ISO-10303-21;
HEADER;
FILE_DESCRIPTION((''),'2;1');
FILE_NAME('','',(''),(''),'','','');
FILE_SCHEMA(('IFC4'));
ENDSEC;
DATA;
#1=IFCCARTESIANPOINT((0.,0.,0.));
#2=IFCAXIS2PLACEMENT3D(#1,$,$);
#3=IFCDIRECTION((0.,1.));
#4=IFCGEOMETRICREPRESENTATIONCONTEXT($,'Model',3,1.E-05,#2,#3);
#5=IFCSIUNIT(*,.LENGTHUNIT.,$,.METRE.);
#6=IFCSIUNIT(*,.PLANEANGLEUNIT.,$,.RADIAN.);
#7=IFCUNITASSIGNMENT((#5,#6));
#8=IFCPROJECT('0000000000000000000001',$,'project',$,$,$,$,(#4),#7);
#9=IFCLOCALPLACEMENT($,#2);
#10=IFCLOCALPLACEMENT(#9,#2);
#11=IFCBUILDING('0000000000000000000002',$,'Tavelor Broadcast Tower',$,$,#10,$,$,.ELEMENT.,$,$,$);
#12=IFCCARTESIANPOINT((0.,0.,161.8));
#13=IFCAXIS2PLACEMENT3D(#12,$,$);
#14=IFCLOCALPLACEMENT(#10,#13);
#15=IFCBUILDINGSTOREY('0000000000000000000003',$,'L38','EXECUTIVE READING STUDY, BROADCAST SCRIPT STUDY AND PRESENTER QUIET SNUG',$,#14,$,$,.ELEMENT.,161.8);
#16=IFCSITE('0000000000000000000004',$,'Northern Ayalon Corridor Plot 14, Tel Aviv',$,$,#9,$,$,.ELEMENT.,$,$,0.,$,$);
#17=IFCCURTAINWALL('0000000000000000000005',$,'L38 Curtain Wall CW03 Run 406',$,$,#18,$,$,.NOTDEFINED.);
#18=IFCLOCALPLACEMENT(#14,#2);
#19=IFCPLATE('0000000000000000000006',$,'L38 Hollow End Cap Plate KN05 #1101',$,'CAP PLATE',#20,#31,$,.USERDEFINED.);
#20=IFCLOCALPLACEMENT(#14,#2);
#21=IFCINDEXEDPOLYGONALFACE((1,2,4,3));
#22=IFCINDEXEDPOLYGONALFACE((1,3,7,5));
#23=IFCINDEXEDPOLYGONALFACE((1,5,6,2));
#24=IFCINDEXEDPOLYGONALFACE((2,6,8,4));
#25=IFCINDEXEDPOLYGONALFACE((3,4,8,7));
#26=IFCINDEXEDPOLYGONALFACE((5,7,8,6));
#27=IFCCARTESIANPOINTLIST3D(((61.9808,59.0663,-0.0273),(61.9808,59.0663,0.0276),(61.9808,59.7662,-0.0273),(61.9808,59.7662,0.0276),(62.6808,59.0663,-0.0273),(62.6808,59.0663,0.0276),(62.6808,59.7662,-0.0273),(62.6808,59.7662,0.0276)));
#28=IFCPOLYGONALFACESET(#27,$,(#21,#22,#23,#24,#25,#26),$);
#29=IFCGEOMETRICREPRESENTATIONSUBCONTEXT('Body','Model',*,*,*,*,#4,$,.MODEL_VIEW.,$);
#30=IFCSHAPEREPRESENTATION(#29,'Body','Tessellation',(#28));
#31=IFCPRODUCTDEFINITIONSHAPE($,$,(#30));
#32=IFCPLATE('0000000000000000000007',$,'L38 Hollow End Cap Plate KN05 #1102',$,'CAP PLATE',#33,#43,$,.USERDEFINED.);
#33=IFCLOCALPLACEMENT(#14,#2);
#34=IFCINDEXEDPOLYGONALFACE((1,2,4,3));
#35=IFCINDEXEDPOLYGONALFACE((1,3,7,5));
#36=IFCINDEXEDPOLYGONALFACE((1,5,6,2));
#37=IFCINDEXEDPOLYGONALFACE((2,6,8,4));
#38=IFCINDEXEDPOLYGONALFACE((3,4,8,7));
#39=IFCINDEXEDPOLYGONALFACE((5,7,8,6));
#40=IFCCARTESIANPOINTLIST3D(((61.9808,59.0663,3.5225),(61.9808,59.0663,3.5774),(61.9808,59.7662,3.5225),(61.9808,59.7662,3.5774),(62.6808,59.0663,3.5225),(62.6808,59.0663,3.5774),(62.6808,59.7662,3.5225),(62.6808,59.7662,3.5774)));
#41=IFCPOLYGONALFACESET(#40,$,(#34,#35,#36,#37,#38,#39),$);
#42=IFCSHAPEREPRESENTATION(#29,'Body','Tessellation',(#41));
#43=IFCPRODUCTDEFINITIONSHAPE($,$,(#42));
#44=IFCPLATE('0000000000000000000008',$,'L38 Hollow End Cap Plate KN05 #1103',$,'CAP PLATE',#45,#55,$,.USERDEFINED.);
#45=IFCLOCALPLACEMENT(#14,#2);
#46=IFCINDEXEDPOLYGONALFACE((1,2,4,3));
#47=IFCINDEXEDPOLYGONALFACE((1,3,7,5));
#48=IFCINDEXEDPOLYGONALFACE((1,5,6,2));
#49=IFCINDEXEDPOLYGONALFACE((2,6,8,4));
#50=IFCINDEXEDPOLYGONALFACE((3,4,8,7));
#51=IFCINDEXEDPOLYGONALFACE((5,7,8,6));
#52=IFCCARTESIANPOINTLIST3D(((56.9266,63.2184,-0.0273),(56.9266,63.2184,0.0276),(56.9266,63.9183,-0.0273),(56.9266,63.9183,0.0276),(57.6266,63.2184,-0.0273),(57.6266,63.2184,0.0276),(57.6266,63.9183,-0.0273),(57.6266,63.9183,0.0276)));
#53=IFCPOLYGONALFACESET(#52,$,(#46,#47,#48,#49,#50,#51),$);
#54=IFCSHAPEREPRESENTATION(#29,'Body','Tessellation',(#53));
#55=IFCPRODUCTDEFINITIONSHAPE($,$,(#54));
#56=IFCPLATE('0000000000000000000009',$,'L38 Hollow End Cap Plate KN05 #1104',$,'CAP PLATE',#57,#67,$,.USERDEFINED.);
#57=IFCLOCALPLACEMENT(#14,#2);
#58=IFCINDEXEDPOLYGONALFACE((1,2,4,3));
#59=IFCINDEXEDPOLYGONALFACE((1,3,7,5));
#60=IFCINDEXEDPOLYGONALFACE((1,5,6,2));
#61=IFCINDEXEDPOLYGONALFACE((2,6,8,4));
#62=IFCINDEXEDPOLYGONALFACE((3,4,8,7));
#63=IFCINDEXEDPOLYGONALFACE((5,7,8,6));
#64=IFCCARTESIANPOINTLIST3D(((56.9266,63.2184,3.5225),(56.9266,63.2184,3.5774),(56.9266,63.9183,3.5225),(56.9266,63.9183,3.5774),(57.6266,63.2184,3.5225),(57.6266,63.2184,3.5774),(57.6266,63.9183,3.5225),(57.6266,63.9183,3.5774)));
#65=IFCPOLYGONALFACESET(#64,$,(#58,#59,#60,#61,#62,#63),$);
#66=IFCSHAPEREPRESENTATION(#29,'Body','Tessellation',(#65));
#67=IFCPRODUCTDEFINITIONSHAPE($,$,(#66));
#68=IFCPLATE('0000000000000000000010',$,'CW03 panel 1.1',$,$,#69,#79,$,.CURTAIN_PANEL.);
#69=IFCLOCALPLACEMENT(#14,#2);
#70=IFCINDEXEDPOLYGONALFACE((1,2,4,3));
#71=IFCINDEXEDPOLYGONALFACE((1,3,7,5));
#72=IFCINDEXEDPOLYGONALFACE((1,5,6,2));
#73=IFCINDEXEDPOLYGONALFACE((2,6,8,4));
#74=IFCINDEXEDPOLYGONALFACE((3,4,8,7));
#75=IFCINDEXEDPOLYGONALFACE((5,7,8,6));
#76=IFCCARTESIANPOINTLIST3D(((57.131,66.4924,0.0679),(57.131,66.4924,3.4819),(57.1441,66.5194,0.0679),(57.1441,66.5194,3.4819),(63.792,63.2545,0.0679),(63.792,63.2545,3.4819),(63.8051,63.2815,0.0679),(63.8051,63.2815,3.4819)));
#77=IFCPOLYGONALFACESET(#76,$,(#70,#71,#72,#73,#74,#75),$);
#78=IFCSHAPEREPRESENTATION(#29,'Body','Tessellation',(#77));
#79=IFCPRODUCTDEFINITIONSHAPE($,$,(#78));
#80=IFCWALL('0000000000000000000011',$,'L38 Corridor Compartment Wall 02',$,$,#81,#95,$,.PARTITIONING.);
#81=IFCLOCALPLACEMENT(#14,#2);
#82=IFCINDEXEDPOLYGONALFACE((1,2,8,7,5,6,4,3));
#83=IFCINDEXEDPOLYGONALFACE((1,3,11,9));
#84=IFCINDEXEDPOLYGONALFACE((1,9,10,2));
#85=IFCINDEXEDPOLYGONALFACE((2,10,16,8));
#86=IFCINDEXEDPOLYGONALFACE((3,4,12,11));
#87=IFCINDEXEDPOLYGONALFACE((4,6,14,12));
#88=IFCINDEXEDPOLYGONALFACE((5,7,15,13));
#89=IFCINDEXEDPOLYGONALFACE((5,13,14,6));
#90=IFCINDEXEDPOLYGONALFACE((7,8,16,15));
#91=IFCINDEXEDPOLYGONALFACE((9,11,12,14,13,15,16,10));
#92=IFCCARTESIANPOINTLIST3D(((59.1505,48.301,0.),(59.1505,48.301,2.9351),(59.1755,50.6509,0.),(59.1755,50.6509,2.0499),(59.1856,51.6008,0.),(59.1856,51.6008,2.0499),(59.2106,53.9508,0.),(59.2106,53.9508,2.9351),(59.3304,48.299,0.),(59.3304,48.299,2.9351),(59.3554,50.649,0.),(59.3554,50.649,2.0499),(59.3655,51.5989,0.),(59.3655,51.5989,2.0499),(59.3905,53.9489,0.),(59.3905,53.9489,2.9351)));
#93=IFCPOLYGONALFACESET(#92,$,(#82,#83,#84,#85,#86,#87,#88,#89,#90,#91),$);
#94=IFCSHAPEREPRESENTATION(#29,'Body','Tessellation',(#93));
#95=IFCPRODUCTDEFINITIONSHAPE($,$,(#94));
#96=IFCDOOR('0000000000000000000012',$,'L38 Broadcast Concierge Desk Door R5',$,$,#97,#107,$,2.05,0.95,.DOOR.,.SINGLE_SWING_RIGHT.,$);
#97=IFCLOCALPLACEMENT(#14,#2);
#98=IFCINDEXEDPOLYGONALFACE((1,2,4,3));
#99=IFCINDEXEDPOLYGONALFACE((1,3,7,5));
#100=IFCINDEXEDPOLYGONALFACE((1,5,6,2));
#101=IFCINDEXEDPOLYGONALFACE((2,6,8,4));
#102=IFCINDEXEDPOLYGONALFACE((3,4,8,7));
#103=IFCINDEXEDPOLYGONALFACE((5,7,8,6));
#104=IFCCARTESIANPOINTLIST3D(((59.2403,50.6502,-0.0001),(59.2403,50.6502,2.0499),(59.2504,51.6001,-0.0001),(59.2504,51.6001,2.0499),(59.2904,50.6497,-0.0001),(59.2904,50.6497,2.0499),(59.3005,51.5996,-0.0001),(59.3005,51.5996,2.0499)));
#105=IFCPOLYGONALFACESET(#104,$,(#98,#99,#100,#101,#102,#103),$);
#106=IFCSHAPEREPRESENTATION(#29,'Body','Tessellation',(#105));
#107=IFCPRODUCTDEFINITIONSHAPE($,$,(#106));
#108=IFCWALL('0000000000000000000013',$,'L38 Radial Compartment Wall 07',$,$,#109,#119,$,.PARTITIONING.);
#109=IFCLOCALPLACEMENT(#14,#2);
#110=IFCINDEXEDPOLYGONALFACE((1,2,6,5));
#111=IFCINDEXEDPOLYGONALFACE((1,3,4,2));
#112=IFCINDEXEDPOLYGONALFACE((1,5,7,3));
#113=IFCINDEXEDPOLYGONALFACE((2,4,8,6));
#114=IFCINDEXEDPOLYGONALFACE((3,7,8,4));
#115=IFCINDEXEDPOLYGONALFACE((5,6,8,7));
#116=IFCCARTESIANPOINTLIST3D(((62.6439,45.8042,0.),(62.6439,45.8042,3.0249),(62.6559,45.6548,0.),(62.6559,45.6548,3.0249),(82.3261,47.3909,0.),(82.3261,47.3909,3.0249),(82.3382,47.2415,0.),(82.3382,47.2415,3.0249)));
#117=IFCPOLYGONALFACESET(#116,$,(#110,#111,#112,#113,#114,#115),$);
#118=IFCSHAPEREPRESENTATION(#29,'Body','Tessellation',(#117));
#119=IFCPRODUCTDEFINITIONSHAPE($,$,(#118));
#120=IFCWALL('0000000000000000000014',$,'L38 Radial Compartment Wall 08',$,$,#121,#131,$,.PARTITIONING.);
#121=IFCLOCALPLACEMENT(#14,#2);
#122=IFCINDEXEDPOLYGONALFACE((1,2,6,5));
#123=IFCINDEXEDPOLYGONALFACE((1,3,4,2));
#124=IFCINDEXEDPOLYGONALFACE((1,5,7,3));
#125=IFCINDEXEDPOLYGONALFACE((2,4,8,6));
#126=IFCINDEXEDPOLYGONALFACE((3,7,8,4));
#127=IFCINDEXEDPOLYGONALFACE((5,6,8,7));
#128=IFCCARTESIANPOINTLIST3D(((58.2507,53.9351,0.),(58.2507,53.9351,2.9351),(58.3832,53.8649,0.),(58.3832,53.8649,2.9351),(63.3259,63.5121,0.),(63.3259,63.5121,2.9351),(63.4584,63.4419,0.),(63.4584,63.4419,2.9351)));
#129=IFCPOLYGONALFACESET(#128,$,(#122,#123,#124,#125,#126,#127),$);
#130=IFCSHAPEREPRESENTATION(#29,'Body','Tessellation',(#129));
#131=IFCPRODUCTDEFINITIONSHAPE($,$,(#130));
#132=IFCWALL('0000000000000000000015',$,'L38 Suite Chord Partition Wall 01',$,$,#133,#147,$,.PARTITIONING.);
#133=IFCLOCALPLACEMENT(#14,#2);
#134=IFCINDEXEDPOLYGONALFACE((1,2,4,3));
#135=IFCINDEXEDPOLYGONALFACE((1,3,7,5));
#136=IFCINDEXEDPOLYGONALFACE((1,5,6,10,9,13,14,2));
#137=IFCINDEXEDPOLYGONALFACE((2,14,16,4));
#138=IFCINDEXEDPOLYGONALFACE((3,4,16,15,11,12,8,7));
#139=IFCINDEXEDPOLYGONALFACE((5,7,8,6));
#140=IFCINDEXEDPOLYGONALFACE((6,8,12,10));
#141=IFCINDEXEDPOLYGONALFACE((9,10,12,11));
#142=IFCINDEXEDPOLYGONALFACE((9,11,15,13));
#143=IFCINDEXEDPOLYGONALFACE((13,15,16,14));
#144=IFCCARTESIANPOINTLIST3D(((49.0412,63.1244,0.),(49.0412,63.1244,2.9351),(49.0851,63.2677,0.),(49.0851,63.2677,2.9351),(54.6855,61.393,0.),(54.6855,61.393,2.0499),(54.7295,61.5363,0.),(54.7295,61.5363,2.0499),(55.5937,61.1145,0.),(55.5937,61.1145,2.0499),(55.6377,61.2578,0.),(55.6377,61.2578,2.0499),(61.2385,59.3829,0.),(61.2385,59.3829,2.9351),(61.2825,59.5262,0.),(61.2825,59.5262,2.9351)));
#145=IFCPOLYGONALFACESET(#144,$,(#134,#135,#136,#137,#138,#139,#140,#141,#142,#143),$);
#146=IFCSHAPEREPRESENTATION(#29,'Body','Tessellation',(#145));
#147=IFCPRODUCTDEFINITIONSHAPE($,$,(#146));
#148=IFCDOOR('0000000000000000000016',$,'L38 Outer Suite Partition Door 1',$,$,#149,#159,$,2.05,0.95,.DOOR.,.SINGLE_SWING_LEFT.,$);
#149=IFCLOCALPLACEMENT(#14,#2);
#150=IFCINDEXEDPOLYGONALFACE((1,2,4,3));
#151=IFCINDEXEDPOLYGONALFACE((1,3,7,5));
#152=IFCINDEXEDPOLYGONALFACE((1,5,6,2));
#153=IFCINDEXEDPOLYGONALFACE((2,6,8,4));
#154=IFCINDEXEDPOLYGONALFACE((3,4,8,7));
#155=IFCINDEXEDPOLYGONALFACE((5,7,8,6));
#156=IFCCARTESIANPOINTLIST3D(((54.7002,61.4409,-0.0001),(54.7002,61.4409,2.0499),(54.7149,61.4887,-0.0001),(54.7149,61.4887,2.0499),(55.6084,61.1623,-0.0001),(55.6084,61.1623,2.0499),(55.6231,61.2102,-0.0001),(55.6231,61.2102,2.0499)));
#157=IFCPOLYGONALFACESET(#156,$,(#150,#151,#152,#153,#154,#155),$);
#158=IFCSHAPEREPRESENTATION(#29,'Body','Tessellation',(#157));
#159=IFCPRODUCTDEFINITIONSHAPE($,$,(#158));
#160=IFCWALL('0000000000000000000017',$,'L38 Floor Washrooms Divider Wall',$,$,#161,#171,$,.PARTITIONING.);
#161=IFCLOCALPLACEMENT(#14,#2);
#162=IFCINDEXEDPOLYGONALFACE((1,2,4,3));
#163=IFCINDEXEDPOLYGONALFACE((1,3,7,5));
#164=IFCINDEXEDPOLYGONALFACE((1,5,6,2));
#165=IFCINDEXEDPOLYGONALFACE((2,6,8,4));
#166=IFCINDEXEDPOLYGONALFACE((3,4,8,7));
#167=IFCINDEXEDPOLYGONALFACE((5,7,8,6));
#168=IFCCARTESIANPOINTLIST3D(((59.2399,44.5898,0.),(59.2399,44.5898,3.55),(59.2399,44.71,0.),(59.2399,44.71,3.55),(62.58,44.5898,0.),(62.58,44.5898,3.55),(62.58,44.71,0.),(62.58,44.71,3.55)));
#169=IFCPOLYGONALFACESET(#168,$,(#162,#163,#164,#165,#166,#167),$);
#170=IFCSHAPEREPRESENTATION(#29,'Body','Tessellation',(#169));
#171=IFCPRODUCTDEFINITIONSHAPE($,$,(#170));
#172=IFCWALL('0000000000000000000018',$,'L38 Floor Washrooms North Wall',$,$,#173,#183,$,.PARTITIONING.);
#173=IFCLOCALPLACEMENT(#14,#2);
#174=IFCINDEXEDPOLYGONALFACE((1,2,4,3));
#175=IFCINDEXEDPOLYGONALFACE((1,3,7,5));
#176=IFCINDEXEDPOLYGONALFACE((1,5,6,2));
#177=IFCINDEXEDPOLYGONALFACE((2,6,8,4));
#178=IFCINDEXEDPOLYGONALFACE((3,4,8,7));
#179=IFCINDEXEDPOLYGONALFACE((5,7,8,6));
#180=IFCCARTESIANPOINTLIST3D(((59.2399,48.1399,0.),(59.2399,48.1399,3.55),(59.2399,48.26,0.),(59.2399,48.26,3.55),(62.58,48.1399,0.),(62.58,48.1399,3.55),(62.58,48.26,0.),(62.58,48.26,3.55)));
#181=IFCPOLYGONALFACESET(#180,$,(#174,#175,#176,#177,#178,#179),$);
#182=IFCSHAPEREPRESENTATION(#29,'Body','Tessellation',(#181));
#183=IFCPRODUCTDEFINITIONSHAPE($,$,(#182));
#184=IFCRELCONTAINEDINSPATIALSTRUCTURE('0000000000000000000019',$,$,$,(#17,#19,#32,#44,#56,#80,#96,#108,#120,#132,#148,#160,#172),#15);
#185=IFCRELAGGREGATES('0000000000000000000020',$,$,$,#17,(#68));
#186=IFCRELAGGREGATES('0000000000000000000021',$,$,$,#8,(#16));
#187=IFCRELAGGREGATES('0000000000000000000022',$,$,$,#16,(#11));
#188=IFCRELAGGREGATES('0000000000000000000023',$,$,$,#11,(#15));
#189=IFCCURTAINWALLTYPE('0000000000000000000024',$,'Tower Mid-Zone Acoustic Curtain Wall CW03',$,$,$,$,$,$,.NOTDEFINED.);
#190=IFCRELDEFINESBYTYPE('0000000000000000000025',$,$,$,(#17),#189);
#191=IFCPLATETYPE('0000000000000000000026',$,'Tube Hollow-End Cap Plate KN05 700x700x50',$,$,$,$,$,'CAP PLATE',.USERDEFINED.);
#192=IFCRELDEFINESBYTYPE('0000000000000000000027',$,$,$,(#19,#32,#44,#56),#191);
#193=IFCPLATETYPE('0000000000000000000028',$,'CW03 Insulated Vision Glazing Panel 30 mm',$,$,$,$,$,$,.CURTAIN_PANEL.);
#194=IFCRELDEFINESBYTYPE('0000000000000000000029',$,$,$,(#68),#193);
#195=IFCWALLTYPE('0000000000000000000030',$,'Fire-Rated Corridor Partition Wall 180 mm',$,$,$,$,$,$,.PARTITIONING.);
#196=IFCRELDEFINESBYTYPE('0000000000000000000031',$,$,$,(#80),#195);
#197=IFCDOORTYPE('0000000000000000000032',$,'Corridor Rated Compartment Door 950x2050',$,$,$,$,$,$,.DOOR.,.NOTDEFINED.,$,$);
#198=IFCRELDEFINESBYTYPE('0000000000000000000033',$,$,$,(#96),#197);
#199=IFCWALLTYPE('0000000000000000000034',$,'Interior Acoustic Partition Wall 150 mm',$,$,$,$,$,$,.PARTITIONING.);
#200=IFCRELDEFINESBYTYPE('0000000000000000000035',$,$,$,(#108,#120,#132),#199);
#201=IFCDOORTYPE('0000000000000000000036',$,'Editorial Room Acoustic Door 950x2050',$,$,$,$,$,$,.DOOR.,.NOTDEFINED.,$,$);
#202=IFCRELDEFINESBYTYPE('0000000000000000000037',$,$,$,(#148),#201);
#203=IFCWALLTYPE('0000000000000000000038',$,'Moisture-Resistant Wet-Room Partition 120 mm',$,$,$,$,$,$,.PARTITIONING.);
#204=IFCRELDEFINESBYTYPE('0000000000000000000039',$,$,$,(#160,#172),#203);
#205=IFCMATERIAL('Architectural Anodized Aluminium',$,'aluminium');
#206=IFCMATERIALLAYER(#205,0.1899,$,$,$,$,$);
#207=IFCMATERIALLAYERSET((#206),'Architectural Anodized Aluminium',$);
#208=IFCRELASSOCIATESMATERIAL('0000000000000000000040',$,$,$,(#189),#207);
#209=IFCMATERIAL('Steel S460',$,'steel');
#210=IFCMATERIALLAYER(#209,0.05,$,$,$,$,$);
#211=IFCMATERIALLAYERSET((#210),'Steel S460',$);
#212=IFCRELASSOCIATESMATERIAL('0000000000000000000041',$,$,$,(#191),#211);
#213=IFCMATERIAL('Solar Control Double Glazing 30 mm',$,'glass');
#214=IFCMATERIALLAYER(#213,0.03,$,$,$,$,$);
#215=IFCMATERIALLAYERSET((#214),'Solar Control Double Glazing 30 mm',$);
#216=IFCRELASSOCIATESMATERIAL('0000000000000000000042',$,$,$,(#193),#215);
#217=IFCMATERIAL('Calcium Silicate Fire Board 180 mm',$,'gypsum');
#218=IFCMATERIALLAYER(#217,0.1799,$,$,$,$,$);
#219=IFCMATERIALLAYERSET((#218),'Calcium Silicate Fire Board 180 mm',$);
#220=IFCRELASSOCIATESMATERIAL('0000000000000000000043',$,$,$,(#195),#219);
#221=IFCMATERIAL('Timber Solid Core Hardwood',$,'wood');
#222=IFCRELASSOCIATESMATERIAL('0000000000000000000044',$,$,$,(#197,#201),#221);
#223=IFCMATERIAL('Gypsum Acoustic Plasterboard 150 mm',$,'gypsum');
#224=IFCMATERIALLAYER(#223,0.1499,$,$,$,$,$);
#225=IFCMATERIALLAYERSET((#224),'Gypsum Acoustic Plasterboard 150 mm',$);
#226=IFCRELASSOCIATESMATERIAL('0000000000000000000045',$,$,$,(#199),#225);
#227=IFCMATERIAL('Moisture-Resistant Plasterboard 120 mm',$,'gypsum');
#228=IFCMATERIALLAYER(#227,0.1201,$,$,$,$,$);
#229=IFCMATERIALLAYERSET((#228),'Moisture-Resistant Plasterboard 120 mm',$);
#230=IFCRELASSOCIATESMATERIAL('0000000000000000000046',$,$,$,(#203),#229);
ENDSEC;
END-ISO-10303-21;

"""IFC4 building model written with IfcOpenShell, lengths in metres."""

from ifc_helpers import new_model, si_unit, direction, frame, frame_2d, origin, origin_2d, place, context, subcontext, project, spatial, rectangle, extrude, source, transform, mapped, material, layer, layer_set, type_object, type_shapes, element, fill, aggregate, save


model = new_model("IFC4")

# Units and contexts
model_context = context("Model", 3, precision=1e-05, world=origin(), true_north=direction((0.0, 1.0)))
body_context = subcontext(model_context, "Body", "Model", "MODEL_VIEW")
ifc_project = project(units=[si_unit("LENGTHUNIT", "METRE"), si_unit("PLANEANGLEUNIT", "RADIAN")], contexts=[model_context])

# Site, building, storey
site_placement = place(None, origin())
site = spatial("IfcSite", under=ifc_project, at=site_placement, Name="Northern Ayalon Corridor Plot 14, Tel Aviv", CompositionType="ELEMENT", RefElevation=0.0)
building_placement = place(site_placement, origin())
building = spatial("IfcBuilding", under=site, at=building_placement, Name="Tavelor Broadcast Tower", CompositionType="ELEMENT")
storey_placement = place(building_placement, frame((0.0, 0.0, 161.8)))
storey = spatial("IfcBuildingStorey", under=building, at=storey_placement, Name="L38", Description="EXECUTIVE READING STUDY, BROADCAST SCRIPT STUDY AND PRESENTER QUIET SNUG", CompositionType="ELEMENT", Elevation=161.8)

# Shared definitions
ifc_material_1 = material(Name="Steel S460", Category="steel")

# Curtain wall
ifc_material_2 = material(Name="Architectural Anodized Aluminium", Category="aluminium")
ifc_layer_1 = layer(ifc_material_2, 0.1899)
ifc_layer_set_1 = layer_set([ifc_layer_1], Name="Architectural Anodized Aluminium")
curtain_wall_type = type_object("IfcCurtainWallType", Name="Tower Mid-Zone Acoustic Curtain Wall CW03", PredefinedType="NOTDEFINED", material=ifc_layer_set_1)
curtain_wall_placement = place(storey_placement, origin())
curtain_wall = element("IfcCurtainWall", 1, at=curtain_wall_placement, inside=storey, type_object=curtain_wall_type, Name="L38 Curtain Wall CW03 Run 406", PredefinedType="NOTDEFINED")

# Plates
ifc_layer_2 = layer(ifc_material_1, 0.05)
ifc_layer_set_2 = layer_set([ifc_layer_2], Name="Steel S460")
plate_type_1 = type_object("IfcPlateType", Name="Tube Hollow-End Cap Plate KN05 700x700x50", ElementType="CAP PLATE", PredefinedType="USERDEFINED", material=ifc_layer_set_2)
shared_shape_1 = source(origin(), body_context, "Body", "SweptSolid", [
    extrude(rectangle(XDim=0.7, YDim=0.7, at=origin_2d()), origin(), (0.0, 0.0, 1.0), 0.0549),
])
type_shapes(plate_type_1, [shared_shape_1])
for number, where, z_axis, x_axis, name in (
    (2, (62.3308, 59.4163, -0.0273), (0.0, 0.0, 1.0), (1.0, 0.0, 0.0), "L38 Hollow End Cap Plate KN05 #1101"),
    (3, (62.3308, 59.4163, 3.5225), (0.0, 0.0, 1.0), (1.0, 0.0, 0.0), "L38 Hollow End Cap Plate KN05 #1102"),
    (4, (57.2766, 63.5684, -0.0273), (0.0, 0.0, 1.0), (1.0, 0.0, 0.0), "L38 Hollow End Cap Plate KN05 #1103"),
    (5, (57.2766, 63.5684, 3.5225), (0.0, 0.0, 1.0), (1.0, 0.0, 0.0), "L38 Hollow End Cap Plate KN05 #1104"),
):
    element("IfcPlate", number, at=place(storey_placement, frame(where, z_axis=z_axis, x_axis=x_axis)), inside=storey, type_object=plate_type_1, Name=name, ObjectType="CAP PLATE", PredefinedType="USERDEFINED", context=body_context, shape_type="MappedRepresentation", body=[
        mapped(shared_shape_1, transform((0.0, 0.0, 0.0), scale=1.0)),
    ])

# Plate
ifc_material_3 = material(Name="Solar Control Double Glazing 30 mm", Category="glass")
ifc_layer_3 = layer(ifc_material_3, 0.03)
ifc_layer_set_3 = layer_set([ifc_layer_3], Name="Solar Control Double Glazing 30 mm")
plate_type_2 = type_object("IfcPlateType", Name="CW03 Insulated Vision Glazing Panel 30 mm", PredefinedType="CURTAIN_PANEL", material=ifc_layer_set_3)
shared_shape_2 = source(origin(), body_context, "Body", "SweptSolid", [
    extrude(rectangle(XDim=7.4062, YDim=0.03, at=origin_2d()), origin(), (0.0, 0.0, 1.0), 3.4141),
])
type_shapes(plate_type_2, [shared_shape_2])
plate_placement = place(storey_placement, frame((60.468, 64.887, 0.0679), z_axis=(0.0, 0.0, 1.0), x_axis=(-0.899375, 0.437178, 0.0)))
plate = element("IfcPlate", 6, at=plate_placement, type_object=plate_type_2, Name="CW03 panel 1.1", PredefinedType="CURTAIN_PANEL", context=body_context, shape_type="MappedRepresentation", body=[
    mapped(shared_shape_2, transform((0.0, 0.0, 0.0), scale=1.0)),
])
aggregate(curtain_wall, [plate])

# Wall, opening, door
ifc_material_4 = material(Name="Calcium Silicate Fire Board 180 mm", Category="gypsum")
ifc_layer_4 = layer(ifc_material_4, 0.1799)
ifc_layer_set_4 = layer_set([ifc_layer_4], Name="Calcium Silicate Fire Board 180 mm")
wall_type_1 = type_object("IfcWallType", Name="Fire-Rated Corridor Partition Wall 180 mm", PredefinedType="PARTITIONING", material=ifc_layer_set_4)
wall_1_placement = place(storey_placement, frame((59.3005, 53.95, 0.0), z_axis=(0.0, 0.0, 1.0), x_axis=(-0.010629, -0.999944, 0.0)))
wall_1 = element("IfcWall", 7, at=wall_1_placement, inside=storey, type_object=wall_type_1, Name="L38 Corridor Compartment Wall 02", PredefinedType="PARTITIONING", context=body_context, shape_type="SweptSolid", body=[
    extrude(rectangle(XDim=5.6501, YDim=0.1799, at=frame_2d((2.8252, 0.0))), origin(), (0.0, 0.0, 1.0), 2.9351),
])
opening_1_placement = place(wall_1_placement, frame((2.3501, 0.0, 0.0)))
opening_1 = element("IfcOpeningElement", 8, at=opening_1_placement, cuts=wall_1, PredefinedType="OPENING", context=body_context, shape_type="SweptSolid", body=[
    extrude(rectangle(XDim=0.95, YDim=2.05, at=frame_2d((0.4751, 1.0249))), frame((0.0, 0.1001, 0.0), z_axis=(0.0, -1.0, 0.0), x_axis=(1.0, 0.0, 0.0)), (0.0, 0.0, 1.0), 0.2),
])
ifc_material_5 = material(Name="Timber Solid Core Hardwood", Category="wood")
door_type_1 = type_object("IfcDoorType", Name="Corridor Rated Compartment Door 950x2050", OperationType="NOTDEFINED", PredefinedType="DOOR", material=ifc_material_5)
door_1_placement = place(opening_1_placement, origin())
door_1 = element("IfcDoor", 9, at=door_1_placement, inside=storey, type_object=door_type_1, Name="L38 Broadcast Concierge Desk Door R5", OperationType="SINGLE_SWING_RIGHT", OverallHeight=2.05, OverallWidth=0.95, PredefinedType="DOOR", context=body_context, shape_type="SweptSolid", body=[
    extrude(rectangle(XDim=0.95, YDim=2.05, at=frame_2d((0.4751, 1.0249))), frame((0.0, 0.0249, 0.0), z_axis=(0.0, -1.0, 0.0), x_axis=(1.0, 0.0, 0.0)), (0.0, 0.0, 1.0), 0.05),
])
fill(opening_1, door_1)

# Walls
ifc_material_6 = material(Name="Gypsum Acoustic Plasterboard 150 mm", Category="gypsum")
ifc_layer_5 = layer(ifc_material_6, 0.1499)
ifc_layer_set_5 = layer_set([ifc_layer_5], Name="Gypsum Acoustic Plasterboard 150 mm")
wall_type_2 = type_object("IfcWallType", Name="Interior Acoustic Partition Wall 150 mm", PredefinedType="PARTITIONING", material=ifc_layer_set_5)
wall_2_placement = place(storey_placement, frame((62.6499, 45.7295, 0.0), z_axis=(0.0, 0.0, 1.0), x_axis=(0.996766, 0.080354, 0.0)))
element("IfcWall", 10, at=wall_2_placement, inside=storey, type_object=wall_type_2, Name="L38 Radial Compartment Wall 07", PredefinedType="PARTITIONING", context=body_context, shape_type="SweptSolid", body=[
    extrude(rectangle(XDim=19.7461, YDim=0.1499, at=frame_2d((9.873, 0.0))), origin(), (0.0, 0.0, 1.0), 3.0249),
])
wall_3_placement = place(storey_placement, frame((58.3169, 53.8999, 0.0), z_axis=(0.0, 0.0, 1.0), x_axis=(0.468253, 0.883594, 0.0)))
element("IfcWall", 11, at=wall_3_placement, inside=storey, type_object=wall_type_2, Name="L38 Radial Compartment Wall 08", PredefinedType="PARTITIONING", context=body_context, shape_type="SweptSolid", body=[
    extrude(rectangle(XDim=10.8386, YDim=0.1499, at=frame_2d((5.4194, 0.0))), origin(), (0.0, 0.0, 1.0), 2.9351),
])

# Wall, opening, door
wall_4_placement = place(storey_placement, frame((61.2605, 59.4546, 0.0), z_axis=(0.0, 0.0, 1.0), x_axis=(-0.956033, 0.293259, 0.0)))
wall_4 = element("IfcWall", 12, at=wall_4_placement, inside=storey, type_object=wall_type_2, Name="L38 Suite Chord Partition Wall 01", PredefinedType="PARTITIONING", context=body_context, shape_type="SweptSolid", body=[
    extrude(rectangle(XDim=12.7583, YDim=0.1499, at=frame_2d((6.3792, 0.0))), origin(), (0.0, 0.0, 1.0), 2.9351),
])
opening_2_placement = place(wall_4_placement, frame((5.9043, 0.0, 0.0)))
opening_2 = element("IfcOpeningElement", 13, at=opening_2_placement, cuts=wall_4, PredefinedType="OPENING", context=body_context, shape_type="SweptSolid", body=[
    extrude(rectangle(XDim=0.95, YDim=2.05, at=frame_2d((0.4751, 1.0249))), frame((0.0, 0.085, 0.0), z_axis=(0.0, -1.0, 0.0), x_axis=(1.0, 0.0, 0.0)), (0.0, 0.0, 1.0), 0.1699),
])
door_type_2 = type_object("IfcDoorType", Name="Editorial Room Acoustic Door 950x2050", OperationType="NOTDEFINED", PredefinedType="DOOR", material=ifc_material_5)
door_2_placement = place(opening_2_placement, origin())
door_2 = element("IfcDoor", 14, at=door_2_placement, inside=storey, type_object=door_type_2, Name="L38 Outer Suite Partition Door 1", OperationType="SINGLE_SWING_LEFT", OverallHeight=2.05, OverallWidth=0.95, PredefinedType="DOOR", context=body_context, shape_type="SweptSolid", body=[
    extrude(rectangle(XDim=0.95, YDim=2.05, at=frame_2d((0.4751, 1.0249))), frame((0.0, 0.0249, 0.0), z_axis=(0.0, -1.0, 0.0), x_axis=(1.0, 0.0, 0.0)), (0.0, 0.0, 1.0), 0.05),
])
fill(opening_2, door_2)

# Walls
ifc_material_7 = material(Name="Moisture-Resistant Plasterboard 120 mm", Category="gypsum")
ifc_layer_6 = layer(ifc_material_7, 0.1201)
ifc_layer_set_6 = layer_set([ifc_layer_6], Name="Moisture-Resistant Plasterboard 120 mm")
wall_type_3 = type_object("IfcWallType", Name="Moisture-Resistant Wet-Room Partition 120 mm", PredefinedType="PARTITIONING", material=ifc_layer_set_6)
for number, where, z_axis, x_axis, name in (
    (15, (59.24, 44.6499, 0.0), (0.0, 0.0, 1.0), (1.0, 0.0, 0.0), "L38 Floor Washrooms Divider Wall"),
    (16, (59.24, 48.2, 0.0), (0.0, 0.0, 1.0), (1.0, 0.0, 0.0), "L38 Floor Washrooms North Wall"),
):
    element("IfcWall", number, at=place(storey_placement, frame(where, z_axis=z_axis, x_axis=x_axis)), inside=storey, type_object=wall_type_3, Name=name, PredefinedType="PARTITIONING", context=body_context, shape_type="SweptSolid", body=[
        extrude(rectangle(XDim=3.3401, YDim=0.1201, at=frame_2d((1.6699, 0.0))), origin(), (0.0, 0.0, 1.0), 3.55),
    ])

save(model, "model.ifc")
